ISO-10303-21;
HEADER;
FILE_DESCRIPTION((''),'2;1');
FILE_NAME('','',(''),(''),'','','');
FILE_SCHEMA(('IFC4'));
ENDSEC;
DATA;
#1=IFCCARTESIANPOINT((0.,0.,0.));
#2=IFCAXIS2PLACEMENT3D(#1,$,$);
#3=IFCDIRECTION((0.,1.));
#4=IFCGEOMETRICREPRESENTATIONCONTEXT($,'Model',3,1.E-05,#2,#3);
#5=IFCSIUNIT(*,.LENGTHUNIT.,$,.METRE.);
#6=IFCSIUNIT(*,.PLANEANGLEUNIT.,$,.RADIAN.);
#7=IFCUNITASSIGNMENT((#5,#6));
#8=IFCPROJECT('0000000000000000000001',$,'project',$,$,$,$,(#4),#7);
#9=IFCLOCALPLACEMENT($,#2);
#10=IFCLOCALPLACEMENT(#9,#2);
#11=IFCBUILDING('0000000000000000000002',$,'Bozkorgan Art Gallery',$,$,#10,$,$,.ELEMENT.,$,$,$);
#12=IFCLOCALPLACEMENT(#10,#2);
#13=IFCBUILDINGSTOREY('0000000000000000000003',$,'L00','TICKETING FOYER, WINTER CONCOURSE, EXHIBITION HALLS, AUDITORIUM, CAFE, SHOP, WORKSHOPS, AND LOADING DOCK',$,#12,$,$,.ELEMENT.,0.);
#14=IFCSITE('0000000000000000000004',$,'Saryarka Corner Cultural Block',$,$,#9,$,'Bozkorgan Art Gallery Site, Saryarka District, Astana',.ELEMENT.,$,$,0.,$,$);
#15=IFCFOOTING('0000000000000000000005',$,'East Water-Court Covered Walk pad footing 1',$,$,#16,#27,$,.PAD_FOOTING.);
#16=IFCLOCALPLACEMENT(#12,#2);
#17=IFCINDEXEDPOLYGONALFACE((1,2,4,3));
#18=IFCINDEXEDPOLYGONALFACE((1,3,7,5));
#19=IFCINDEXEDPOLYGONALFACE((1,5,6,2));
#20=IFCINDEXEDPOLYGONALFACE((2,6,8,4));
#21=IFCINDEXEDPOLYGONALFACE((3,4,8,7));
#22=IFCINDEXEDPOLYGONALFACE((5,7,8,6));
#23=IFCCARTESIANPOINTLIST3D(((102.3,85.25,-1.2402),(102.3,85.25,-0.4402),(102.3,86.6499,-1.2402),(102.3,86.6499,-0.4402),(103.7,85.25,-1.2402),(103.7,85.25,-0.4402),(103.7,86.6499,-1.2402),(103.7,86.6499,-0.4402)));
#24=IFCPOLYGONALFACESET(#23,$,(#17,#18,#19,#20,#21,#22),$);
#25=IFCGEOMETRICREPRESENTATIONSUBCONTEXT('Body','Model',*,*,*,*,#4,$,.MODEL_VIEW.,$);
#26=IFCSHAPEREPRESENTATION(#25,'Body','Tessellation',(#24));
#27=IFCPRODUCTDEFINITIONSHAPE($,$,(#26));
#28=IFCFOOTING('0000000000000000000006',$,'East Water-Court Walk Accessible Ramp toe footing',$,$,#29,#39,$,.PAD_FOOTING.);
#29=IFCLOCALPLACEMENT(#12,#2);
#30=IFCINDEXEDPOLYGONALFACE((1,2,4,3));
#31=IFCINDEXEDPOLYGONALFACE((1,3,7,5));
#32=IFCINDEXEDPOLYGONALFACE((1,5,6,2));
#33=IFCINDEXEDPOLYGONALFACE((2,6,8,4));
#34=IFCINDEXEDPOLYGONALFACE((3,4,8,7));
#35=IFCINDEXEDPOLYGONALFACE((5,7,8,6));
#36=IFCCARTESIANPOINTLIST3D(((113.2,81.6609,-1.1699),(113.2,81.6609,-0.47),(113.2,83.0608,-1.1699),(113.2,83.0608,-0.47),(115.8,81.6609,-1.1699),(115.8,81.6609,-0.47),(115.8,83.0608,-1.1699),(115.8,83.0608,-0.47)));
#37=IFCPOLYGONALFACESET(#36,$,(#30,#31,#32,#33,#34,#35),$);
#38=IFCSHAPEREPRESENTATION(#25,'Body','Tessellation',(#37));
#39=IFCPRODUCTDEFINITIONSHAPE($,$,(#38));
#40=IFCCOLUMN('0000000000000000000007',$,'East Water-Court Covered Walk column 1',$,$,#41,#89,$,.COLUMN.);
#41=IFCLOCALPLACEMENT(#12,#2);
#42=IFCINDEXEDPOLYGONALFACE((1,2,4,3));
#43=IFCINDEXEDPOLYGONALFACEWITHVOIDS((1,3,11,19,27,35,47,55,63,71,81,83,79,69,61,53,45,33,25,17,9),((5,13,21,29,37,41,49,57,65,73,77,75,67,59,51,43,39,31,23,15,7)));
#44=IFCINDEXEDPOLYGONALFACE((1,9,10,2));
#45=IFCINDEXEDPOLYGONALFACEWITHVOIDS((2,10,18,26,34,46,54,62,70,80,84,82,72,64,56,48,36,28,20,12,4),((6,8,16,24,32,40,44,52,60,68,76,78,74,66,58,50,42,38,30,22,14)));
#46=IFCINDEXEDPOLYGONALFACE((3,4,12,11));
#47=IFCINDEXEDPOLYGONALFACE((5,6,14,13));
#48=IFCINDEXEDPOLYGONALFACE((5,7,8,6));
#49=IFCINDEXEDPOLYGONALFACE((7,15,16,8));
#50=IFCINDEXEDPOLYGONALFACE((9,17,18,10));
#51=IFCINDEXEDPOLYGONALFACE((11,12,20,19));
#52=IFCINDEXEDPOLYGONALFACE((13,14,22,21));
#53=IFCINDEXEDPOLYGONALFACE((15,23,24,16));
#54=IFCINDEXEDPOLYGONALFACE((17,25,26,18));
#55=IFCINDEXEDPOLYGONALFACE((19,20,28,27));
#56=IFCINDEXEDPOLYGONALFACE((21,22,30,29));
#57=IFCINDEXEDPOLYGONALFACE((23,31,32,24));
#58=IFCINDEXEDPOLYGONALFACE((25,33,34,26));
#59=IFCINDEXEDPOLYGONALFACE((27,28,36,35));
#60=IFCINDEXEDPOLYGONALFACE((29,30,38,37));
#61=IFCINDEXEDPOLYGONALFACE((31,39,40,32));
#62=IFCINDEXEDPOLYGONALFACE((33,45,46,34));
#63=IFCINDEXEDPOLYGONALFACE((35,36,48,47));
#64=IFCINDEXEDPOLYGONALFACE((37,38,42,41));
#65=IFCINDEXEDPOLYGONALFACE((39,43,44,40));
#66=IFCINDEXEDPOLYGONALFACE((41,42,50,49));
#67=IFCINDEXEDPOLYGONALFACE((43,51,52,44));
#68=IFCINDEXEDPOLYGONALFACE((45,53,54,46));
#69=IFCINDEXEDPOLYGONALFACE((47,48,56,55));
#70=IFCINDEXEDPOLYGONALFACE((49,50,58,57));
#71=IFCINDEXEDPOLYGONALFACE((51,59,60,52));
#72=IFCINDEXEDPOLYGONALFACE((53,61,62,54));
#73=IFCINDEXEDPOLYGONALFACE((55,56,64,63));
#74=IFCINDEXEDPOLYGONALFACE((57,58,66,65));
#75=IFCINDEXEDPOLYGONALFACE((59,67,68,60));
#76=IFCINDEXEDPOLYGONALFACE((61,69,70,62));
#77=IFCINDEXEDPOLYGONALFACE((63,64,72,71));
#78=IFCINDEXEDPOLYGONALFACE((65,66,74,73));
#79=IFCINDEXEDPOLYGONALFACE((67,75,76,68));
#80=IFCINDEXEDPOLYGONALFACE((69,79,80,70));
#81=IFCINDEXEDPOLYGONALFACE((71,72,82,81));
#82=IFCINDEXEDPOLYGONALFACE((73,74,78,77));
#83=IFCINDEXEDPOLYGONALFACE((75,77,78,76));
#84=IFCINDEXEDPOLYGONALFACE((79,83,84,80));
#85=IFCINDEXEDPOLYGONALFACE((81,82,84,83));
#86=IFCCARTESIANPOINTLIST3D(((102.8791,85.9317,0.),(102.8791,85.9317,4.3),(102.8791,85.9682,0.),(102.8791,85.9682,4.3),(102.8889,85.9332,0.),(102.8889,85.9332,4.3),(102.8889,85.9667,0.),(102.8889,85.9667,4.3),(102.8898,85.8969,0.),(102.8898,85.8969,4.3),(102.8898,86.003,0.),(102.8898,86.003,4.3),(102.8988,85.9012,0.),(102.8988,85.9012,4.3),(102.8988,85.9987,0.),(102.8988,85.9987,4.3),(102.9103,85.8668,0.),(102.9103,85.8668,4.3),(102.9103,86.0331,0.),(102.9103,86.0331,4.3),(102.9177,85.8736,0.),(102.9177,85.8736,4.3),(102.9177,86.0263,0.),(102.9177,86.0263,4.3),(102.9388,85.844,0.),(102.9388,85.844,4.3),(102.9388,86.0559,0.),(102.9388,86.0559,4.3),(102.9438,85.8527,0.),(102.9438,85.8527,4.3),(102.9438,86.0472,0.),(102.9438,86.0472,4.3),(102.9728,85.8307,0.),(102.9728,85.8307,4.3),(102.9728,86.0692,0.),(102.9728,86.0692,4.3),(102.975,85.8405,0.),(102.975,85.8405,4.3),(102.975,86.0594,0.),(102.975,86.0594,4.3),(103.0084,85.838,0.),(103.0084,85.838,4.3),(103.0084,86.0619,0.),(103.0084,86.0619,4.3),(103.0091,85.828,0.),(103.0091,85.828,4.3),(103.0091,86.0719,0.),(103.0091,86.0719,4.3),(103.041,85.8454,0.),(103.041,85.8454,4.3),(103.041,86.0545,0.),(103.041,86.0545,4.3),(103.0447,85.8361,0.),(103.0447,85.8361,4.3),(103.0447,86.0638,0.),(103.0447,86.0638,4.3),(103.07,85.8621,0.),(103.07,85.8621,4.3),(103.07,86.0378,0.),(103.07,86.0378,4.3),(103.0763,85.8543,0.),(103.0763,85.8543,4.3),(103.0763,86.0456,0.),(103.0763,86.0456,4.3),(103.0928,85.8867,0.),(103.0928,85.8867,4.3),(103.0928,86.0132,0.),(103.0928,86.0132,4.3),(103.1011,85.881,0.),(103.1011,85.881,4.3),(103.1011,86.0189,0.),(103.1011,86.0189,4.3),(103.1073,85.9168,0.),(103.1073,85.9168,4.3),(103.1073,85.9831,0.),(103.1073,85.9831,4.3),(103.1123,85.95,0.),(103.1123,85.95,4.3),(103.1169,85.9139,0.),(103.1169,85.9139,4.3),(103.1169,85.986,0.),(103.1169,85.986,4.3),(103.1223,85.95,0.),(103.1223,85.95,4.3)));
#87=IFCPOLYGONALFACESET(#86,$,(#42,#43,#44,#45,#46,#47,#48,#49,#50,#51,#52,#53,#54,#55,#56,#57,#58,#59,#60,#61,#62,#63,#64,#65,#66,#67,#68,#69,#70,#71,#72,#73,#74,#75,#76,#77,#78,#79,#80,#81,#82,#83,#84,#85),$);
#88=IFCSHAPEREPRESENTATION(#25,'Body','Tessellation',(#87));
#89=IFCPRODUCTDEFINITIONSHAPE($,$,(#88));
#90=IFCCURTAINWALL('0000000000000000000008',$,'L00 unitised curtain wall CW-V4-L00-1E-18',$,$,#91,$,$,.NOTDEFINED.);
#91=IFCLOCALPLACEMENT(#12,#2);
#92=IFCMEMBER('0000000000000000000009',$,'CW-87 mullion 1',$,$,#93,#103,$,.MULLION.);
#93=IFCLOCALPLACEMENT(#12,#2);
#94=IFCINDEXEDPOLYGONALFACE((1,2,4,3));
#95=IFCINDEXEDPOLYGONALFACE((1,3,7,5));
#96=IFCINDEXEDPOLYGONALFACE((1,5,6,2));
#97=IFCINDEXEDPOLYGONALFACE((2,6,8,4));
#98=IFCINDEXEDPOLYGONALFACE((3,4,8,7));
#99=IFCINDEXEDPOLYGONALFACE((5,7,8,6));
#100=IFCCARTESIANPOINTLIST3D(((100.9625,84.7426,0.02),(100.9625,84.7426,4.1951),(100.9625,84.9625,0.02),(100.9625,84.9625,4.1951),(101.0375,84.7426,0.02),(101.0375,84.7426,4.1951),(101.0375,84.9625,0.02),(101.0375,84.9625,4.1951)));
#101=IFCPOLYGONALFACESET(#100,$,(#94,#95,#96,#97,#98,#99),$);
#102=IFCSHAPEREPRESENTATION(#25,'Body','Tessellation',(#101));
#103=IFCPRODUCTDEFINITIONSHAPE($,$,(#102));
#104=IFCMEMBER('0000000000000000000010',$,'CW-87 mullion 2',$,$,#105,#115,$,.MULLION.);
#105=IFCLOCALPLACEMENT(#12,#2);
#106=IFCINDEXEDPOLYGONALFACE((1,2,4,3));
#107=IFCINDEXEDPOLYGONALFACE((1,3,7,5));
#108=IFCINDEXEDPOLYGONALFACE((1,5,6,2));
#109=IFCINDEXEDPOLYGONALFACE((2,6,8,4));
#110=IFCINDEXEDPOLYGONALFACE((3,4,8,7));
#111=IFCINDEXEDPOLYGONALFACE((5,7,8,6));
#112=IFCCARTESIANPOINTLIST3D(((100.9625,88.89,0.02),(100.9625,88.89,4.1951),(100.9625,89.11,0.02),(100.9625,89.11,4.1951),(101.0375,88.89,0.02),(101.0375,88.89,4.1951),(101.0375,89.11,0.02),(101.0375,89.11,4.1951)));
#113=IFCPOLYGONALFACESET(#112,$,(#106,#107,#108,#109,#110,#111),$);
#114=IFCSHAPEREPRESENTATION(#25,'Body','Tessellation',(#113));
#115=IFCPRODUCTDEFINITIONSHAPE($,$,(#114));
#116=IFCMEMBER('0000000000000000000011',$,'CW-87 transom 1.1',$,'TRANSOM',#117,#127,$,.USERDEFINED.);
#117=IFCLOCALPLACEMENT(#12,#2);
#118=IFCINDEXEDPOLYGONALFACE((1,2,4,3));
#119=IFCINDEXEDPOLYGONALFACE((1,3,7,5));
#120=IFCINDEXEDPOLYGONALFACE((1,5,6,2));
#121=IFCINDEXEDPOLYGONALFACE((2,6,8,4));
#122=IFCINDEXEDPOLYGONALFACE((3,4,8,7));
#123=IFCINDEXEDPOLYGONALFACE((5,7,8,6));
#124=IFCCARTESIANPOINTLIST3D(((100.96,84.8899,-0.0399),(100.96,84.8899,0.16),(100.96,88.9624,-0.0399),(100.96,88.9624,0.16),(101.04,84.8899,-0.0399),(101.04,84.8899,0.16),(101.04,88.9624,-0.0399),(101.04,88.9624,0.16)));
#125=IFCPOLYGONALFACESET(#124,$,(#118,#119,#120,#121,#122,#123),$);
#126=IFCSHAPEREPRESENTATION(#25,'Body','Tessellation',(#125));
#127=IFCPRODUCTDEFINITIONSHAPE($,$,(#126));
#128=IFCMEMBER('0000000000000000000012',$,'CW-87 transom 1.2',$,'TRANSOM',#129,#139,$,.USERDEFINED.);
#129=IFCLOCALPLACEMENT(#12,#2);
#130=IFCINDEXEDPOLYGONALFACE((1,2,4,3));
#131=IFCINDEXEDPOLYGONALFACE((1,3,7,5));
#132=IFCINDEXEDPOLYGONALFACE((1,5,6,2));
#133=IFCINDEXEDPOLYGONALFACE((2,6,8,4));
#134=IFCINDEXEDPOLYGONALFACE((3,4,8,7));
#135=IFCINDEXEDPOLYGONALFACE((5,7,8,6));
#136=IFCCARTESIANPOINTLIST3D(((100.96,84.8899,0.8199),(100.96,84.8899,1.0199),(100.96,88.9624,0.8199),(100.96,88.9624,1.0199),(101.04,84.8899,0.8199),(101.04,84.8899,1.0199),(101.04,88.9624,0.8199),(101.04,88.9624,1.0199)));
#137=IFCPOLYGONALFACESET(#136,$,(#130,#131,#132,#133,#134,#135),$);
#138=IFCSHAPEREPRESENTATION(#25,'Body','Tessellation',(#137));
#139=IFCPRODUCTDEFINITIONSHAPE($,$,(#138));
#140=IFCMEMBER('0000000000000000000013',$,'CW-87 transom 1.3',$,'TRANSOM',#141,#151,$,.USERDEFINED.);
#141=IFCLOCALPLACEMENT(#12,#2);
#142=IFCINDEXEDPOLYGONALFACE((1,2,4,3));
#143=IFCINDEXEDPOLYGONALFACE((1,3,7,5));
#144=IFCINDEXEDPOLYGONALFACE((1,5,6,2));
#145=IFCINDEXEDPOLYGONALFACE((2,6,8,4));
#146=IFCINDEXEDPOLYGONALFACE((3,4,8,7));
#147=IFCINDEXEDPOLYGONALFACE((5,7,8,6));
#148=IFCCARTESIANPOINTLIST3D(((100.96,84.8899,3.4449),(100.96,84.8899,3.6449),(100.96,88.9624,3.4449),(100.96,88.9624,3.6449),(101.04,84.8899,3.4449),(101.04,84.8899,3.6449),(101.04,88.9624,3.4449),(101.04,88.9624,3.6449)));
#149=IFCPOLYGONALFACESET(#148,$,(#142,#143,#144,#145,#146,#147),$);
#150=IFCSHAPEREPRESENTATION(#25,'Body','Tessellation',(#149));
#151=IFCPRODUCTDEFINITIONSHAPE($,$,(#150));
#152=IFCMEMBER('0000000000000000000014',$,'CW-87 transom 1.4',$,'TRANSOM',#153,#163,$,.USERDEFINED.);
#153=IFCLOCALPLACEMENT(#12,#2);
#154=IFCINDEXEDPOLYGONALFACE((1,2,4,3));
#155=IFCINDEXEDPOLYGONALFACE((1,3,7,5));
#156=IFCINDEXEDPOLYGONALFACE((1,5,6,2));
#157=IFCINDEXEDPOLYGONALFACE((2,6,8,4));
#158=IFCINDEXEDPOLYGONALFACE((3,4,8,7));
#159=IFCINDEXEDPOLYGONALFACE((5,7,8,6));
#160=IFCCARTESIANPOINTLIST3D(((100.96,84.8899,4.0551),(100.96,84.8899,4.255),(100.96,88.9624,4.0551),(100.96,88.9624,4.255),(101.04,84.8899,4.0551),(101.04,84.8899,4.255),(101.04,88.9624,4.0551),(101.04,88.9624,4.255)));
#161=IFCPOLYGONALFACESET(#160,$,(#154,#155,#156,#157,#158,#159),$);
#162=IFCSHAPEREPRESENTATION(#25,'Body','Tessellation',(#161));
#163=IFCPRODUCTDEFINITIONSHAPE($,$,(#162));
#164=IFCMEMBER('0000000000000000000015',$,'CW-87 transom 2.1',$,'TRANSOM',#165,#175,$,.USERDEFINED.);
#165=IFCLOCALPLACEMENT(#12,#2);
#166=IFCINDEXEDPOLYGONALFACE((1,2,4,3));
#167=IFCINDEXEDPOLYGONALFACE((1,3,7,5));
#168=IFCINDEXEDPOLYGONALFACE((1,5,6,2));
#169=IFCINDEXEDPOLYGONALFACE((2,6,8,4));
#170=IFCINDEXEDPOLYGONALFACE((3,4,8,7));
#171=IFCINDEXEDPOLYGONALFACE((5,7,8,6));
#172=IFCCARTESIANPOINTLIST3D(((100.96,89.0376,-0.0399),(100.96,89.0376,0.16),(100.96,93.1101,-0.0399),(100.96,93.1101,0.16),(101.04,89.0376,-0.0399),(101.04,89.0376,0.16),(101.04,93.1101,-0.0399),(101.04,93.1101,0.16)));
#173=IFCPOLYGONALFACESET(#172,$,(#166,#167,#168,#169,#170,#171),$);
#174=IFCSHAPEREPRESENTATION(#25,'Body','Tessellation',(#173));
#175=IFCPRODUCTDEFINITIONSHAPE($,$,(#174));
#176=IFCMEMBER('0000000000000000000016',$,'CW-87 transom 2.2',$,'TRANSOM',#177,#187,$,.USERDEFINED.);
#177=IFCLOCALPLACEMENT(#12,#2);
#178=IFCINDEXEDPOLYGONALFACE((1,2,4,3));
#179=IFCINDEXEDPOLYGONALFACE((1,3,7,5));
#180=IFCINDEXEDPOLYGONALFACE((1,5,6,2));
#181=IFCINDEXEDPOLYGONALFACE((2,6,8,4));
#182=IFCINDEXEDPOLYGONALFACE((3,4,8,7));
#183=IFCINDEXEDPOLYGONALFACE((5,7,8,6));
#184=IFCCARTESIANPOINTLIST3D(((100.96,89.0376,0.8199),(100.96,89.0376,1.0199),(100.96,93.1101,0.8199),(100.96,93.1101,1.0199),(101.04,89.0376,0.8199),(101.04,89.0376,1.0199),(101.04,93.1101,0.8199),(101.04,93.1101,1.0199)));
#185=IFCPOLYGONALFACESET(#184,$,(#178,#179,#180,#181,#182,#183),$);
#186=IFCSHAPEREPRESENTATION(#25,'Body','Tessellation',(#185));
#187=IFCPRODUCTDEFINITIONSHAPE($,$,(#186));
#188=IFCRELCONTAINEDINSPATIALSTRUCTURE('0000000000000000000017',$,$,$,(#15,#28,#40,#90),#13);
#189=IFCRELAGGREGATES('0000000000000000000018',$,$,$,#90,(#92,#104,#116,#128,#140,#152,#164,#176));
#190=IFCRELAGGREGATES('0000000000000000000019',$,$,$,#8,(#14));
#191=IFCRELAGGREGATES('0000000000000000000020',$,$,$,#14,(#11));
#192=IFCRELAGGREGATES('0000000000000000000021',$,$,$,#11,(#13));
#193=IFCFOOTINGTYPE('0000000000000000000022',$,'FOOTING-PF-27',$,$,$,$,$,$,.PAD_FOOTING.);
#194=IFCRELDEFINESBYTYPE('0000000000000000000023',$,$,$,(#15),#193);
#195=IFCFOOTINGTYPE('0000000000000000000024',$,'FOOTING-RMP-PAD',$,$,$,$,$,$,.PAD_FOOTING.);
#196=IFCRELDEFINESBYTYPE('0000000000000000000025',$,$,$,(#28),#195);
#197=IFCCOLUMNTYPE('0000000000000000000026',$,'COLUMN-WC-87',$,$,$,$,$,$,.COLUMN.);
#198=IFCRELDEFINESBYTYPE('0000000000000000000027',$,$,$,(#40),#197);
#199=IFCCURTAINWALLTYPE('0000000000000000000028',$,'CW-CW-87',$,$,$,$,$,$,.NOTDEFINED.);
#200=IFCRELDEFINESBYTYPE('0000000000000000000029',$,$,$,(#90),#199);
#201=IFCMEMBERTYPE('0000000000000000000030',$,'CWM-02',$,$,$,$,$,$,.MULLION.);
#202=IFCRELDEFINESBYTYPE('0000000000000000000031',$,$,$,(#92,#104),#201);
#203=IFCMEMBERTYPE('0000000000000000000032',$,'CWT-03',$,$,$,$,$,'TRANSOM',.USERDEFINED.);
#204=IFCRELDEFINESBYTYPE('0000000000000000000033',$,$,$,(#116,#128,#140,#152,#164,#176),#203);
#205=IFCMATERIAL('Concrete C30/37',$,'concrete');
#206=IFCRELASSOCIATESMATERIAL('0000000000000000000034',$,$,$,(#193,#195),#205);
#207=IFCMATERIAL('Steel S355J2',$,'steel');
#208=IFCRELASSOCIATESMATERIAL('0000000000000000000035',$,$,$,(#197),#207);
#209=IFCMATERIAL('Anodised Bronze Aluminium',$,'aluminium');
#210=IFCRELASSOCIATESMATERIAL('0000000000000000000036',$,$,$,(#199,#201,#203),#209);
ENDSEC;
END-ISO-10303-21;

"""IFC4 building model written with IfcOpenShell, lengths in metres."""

from ifc_helpers import new_model, si_unit, direction, frame, origin, origin_2d, place, context, subcontext, project, spatial, rectangle, hollow_circle, extrude, material, material_profile, profile_set, type_object, element, aggregate, save


model = new_model("IFC4")

# Units and contexts
model_context = context("Model", 3, precision=1e-05, world=origin(), true_north=direction((0.0, 1.0)))
body_context = subcontext(model_context, "Body", "Model", "MODEL_VIEW")
ifc_project = project(units=[si_unit("LENGTHUNIT", "METRE"), si_unit("PLANEANGLEUNIT", "RADIAN")], contexts=[model_context])

# Site, building, storey
site_placement = place(None, origin())
site = spatial("IfcSite", under=ifc_project, at=site_placement, Name="Saryarka Corner Cultural Block", LongName="Bozkorgan Art Gallery Site, Saryarka District, Astana", CompositionType="ELEMENT", RefElevation=0.0)
building_placement = place(site_placement, origin())
building = spatial("IfcBuilding", under=site, at=building_placement, Name="Bozkorgan Art Gallery", CompositionType="ELEMENT")
storey_placement = place(building_placement, origin())
storey = spatial("IfcBuildingStorey", under=building, at=storey_placement, Name="L00", Description="TICKETING FOYER, WINTER CONCOURSE, EXHIBITION HALLS, AUDITORIUM, CAFE, SHOP, WORKSHOPS, AND LOADING DOCK", CompositionType="ELEMENT", Elevation=0.0)

# Footings
ifc_material_1 = material(Name="Concrete C30/37", Category="concrete")
footing_type_1 = type_object("IfcFootingType", Name="FOOTING-PF-27", PredefinedType="PAD_FOOTING", material=ifc_material_1)
footing_1_placement = place(storey_placement, frame((103.0, 85.95, -1.2402), z_axis=(0.0, 0.0, 1.0), x_axis=(1.0, 0.0, 0.0)))
element("IfcFooting", 1, at=footing_1_placement, inside=storey, type_object=footing_type_1, Name="East Water-Court Covered Walk pad footing 1", PredefinedType="PAD_FOOTING", context=body_context, shape_type="SweptSolid", body=[
    extrude(rectangle(XDim=1.3999, YDim=1.3999, at=origin_2d()), origin(), (0.0, 0.0, 1.0), 0.8),
])
footing_type_2 = type_object("IfcFootingType", Name="FOOTING-RMP-PAD", PredefinedType="PAD_FOOTING", material=ifc_material_1)
footing_2_placement = place(storey_placement, frame((114.5, 82.3608, -1.1699), z_axis=(0.0, 0.0, 1.0), x_axis=(0.0, 1.0, 0.0)))
element("IfcFooting", 2, at=footing_2_placement, inside=storey, type_object=footing_type_2, Name="East Water-Court Walk Accessible Ramp toe footing", PredefinedType="PAD_FOOTING", context=body_context, shape_type="SweptSolid", body=[
    extrude(rectangle(XDim=1.3999, YDim=2.6001, at=origin_2d()), origin(), (0.0, 0.0, 1.0), 0.7),
])

# Column
ifc_material_2 = material(Name="Steel S355J2", Category="steel")
ifc_material_profile_1 = material_profile(ifc_material_2, hollow_circle(Radius=0.1223, WallThickness=0.01, at=origin_2d()), Name="CHS 244.5x10")
ifc_profile_set_1 = profile_set([ifc_material_profile_1], Name="Steel S355J2")
column_type = type_object("IfcColumnType", Name="COLUMN-WC-87", PredefinedType="COLUMN", material=ifc_profile_set_1)
column_placement = place(storey_placement, frame((103.0, 85.95, 0.0), z_axis=(0.0, 0.0, 1.0), x_axis=(1.0, 0.0, 0.0)))
element("IfcColumn", 3, at=column_placement, inside=storey, type_object=column_type, Name="East Water-Court Covered Walk column 1", PredefinedType="COLUMN", context=body_context, shape_type="SweptSolid", body=[
    extrude(hollow_circle(Radius=0.1223, WallThickness=0.01, at=origin_2d()), origin(), (0.0, 0.0, 1.0), 4.3),
])

# Curtain wall, members
ifc_material_3 = material(Name="Anodised Bronze Aluminium", Category="aluminium")
curtain_wall_type = type_object("IfcCurtainWallType", Name="CW-CW-87", PredefinedType="NOTDEFINED", material=ifc_material_3)
curtain_wall_placement = place(storey_placement, origin())
curtain_wall = element("IfcCurtainWall", 4, at=curtain_wall_placement, inside=storey, type_object=curtain_wall_type, Name="L00 unitised curtain wall CW-V4-L00-1E-18", PredefinedType="NOTDEFINED")
ifc_material_profile_2 = material_profile(ifc_material_3, rectangle(XDim=0.075, YDim=0.22, at=origin_2d()), Name="ALU MULLION 75x220")
ifc_profile_set_2 = profile_set([ifc_material_profile_2], Name="Anodised Bronze Aluminium")
member_type_1 = type_object("IfcMemberType", Name="CWM-02", PredefinedType="MULLION", material=ifc_profile_set_2)
member_1_placement = place(storey_placement, frame((101.0, 84.8525, 0.02), z_axis=(0.0, 0.0, 1.0), x_axis=(-1.0, 0.0, 0.0)))
member_1 = element("IfcMember", 5, at=member_1_placement, type_object=member_type_1, Name="CW-87 mullion 1", PredefinedType="MULLION", context=body_context, shape_type="SweptSolid", body=[
    extrude(rectangle(XDim=0.075, YDim=0.22, at=origin_2d()), origin(), (0.0, 0.0, 1.0), 4.175),
])
member_2_placement = place(storey_placement, frame((101.0, 89.0, 0.02), z_axis=(0.0, 0.0, 1.0), x_axis=(-1.0, 0.0, 0.0)))
member_2 = element("IfcMember", 6, at=member_2_placement, type_object=member_type_1, Name="CW-87 mullion 2", PredefinedType="MULLION", context=body_context, shape_type="SweptSolid", body=[
    extrude(rectangle(XDim=0.075, YDim=0.22, at=origin_2d()), origin(), (0.0, 0.0, 1.0), 4.175),
])
ifc_material_profile_3 = material_profile(ifc_material_3, rectangle(XDim=0.0801, YDim=0.2, at=origin_2d()), Name="ALU TRANSOM 80x200")
ifc_profile_set_3 = profile_set([ifc_material_profile_3], Name="Anodised Bronze Aluminium")
member_type_2 = type_object("IfcMemberType", Name="CWT-03", ElementType="TRANSOM", PredefinedType="USERDEFINED", material=ifc_profile_set_3)
member_3_placement = place(storey_placement, frame((101.0, 84.8899, 0.0601), z_axis=(0.0, 1.0, 0.0), x_axis=(-1.0, 0.0, 0.0)))
member_3 = element("IfcMember", 7, at=member_3_placement, type_object=member_type_2, Name="CW-87 transom 1.1", ObjectType="TRANSOM", PredefinedType="USERDEFINED", context=body_context, shape_type="SweptSolid", body=[
    extrude(rectangle(XDim=0.0801, YDim=0.2, at=origin_2d()), origin(), (0.0, 0.0, 1.0), 4.0725),
])
member_4_placement = place(storey_placement, frame((101.0, 84.8899, 0.9199), z_axis=(0.0, 1.0, 0.0), x_axis=(-1.0, 0.0, 0.0)))
member_4 = element("IfcMember", 8, at=member_4_placement, type_object=member_type_2, Name="CW-87 transom 1.2", ObjectType="TRANSOM", PredefinedType="USERDEFINED", context=body_context, shape_type="SweptSolid", body=[
    extrude(rectangle(XDim=0.0801, YDim=0.2, at=origin_2d()), origin(), (0.0, 0.0, 1.0), 4.0725),
])
member_5_placement = place(storey_placement, frame((101.0, 84.8899, 3.5449), z_axis=(0.0, 1.0, 0.0), x_axis=(-1.0, 0.0, 0.0)))
member_5 = element("IfcMember", 9, at=member_5_placement, type_object=member_type_2, Name="CW-87 transom 1.3", ObjectType="TRANSOM", PredefinedType="USERDEFINED", context=body_context, shape_type="SweptSolid", body=[
    extrude(rectangle(XDim=0.0801, YDim=0.2, at=origin_2d()), origin(), (0.0, 0.0, 1.0), 4.0725),
])
member_6_placement = place(storey_placement, frame((101.0, 84.8899, 4.155), z_axis=(0.0, 1.0, 0.0), x_axis=(-1.0, 0.0, 0.0)))
member_6 = element("IfcMember", 10, at=member_6_placement, type_object=member_type_2, Name="CW-87 transom 1.4", ObjectType="TRANSOM", PredefinedType="USERDEFINED", context=body_context, shape_type="SweptSolid", body=[
    extrude(rectangle(XDim=0.0801, YDim=0.2, at=origin_2d()), origin(), (0.0, 0.0, 1.0), 4.0725),
])
member_7_placement = place(storey_placement, frame((101.0, 89.0376, 0.0601), z_axis=(0.0, 1.0, 0.0), x_axis=(-1.0, 0.0, 0.0)))
member_7 = element("IfcMember", 11, at=member_7_placement, type_object=member_type_2, Name="CW-87 transom 2.1", ObjectType="TRANSOM", PredefinedType="USERDEFINED", context=body_context, shape_type="SweptSolid", body=[
    extrude(rectangle(XDim=0.0801, YDim=0.2, at=origin_2d()), origin(), (0.0, 0.0, 1.0), 4.0725),
])
member_8_placement = place(storey_placement, frame((101.0, 89.0376, 0.9199), z_axis=(0.0, 1.0, 0.0), x_axis=(-1.0, 0.0, 0.0)))
member_8 = element("IfcMember", 12, at=member_8_placement, type_object=member_type_2, Name="CW-87 transom 2.2", ObjectType="TRANSOM", PredefinedType="USERDEFINED", context=body_context, shape_type="SweptSolid", body=[
    extrude(rectangle(XDim=0.0801, YDim=0.2, at=origin_2d()), origin(), (0.0, 0.0, 1.0), 4.0725),
])

aggregate(curtain_wall, [member_1, member_2, member_3, member_4, member_5, member_6, member_7, member_8])

save(model, "model.ifc")
